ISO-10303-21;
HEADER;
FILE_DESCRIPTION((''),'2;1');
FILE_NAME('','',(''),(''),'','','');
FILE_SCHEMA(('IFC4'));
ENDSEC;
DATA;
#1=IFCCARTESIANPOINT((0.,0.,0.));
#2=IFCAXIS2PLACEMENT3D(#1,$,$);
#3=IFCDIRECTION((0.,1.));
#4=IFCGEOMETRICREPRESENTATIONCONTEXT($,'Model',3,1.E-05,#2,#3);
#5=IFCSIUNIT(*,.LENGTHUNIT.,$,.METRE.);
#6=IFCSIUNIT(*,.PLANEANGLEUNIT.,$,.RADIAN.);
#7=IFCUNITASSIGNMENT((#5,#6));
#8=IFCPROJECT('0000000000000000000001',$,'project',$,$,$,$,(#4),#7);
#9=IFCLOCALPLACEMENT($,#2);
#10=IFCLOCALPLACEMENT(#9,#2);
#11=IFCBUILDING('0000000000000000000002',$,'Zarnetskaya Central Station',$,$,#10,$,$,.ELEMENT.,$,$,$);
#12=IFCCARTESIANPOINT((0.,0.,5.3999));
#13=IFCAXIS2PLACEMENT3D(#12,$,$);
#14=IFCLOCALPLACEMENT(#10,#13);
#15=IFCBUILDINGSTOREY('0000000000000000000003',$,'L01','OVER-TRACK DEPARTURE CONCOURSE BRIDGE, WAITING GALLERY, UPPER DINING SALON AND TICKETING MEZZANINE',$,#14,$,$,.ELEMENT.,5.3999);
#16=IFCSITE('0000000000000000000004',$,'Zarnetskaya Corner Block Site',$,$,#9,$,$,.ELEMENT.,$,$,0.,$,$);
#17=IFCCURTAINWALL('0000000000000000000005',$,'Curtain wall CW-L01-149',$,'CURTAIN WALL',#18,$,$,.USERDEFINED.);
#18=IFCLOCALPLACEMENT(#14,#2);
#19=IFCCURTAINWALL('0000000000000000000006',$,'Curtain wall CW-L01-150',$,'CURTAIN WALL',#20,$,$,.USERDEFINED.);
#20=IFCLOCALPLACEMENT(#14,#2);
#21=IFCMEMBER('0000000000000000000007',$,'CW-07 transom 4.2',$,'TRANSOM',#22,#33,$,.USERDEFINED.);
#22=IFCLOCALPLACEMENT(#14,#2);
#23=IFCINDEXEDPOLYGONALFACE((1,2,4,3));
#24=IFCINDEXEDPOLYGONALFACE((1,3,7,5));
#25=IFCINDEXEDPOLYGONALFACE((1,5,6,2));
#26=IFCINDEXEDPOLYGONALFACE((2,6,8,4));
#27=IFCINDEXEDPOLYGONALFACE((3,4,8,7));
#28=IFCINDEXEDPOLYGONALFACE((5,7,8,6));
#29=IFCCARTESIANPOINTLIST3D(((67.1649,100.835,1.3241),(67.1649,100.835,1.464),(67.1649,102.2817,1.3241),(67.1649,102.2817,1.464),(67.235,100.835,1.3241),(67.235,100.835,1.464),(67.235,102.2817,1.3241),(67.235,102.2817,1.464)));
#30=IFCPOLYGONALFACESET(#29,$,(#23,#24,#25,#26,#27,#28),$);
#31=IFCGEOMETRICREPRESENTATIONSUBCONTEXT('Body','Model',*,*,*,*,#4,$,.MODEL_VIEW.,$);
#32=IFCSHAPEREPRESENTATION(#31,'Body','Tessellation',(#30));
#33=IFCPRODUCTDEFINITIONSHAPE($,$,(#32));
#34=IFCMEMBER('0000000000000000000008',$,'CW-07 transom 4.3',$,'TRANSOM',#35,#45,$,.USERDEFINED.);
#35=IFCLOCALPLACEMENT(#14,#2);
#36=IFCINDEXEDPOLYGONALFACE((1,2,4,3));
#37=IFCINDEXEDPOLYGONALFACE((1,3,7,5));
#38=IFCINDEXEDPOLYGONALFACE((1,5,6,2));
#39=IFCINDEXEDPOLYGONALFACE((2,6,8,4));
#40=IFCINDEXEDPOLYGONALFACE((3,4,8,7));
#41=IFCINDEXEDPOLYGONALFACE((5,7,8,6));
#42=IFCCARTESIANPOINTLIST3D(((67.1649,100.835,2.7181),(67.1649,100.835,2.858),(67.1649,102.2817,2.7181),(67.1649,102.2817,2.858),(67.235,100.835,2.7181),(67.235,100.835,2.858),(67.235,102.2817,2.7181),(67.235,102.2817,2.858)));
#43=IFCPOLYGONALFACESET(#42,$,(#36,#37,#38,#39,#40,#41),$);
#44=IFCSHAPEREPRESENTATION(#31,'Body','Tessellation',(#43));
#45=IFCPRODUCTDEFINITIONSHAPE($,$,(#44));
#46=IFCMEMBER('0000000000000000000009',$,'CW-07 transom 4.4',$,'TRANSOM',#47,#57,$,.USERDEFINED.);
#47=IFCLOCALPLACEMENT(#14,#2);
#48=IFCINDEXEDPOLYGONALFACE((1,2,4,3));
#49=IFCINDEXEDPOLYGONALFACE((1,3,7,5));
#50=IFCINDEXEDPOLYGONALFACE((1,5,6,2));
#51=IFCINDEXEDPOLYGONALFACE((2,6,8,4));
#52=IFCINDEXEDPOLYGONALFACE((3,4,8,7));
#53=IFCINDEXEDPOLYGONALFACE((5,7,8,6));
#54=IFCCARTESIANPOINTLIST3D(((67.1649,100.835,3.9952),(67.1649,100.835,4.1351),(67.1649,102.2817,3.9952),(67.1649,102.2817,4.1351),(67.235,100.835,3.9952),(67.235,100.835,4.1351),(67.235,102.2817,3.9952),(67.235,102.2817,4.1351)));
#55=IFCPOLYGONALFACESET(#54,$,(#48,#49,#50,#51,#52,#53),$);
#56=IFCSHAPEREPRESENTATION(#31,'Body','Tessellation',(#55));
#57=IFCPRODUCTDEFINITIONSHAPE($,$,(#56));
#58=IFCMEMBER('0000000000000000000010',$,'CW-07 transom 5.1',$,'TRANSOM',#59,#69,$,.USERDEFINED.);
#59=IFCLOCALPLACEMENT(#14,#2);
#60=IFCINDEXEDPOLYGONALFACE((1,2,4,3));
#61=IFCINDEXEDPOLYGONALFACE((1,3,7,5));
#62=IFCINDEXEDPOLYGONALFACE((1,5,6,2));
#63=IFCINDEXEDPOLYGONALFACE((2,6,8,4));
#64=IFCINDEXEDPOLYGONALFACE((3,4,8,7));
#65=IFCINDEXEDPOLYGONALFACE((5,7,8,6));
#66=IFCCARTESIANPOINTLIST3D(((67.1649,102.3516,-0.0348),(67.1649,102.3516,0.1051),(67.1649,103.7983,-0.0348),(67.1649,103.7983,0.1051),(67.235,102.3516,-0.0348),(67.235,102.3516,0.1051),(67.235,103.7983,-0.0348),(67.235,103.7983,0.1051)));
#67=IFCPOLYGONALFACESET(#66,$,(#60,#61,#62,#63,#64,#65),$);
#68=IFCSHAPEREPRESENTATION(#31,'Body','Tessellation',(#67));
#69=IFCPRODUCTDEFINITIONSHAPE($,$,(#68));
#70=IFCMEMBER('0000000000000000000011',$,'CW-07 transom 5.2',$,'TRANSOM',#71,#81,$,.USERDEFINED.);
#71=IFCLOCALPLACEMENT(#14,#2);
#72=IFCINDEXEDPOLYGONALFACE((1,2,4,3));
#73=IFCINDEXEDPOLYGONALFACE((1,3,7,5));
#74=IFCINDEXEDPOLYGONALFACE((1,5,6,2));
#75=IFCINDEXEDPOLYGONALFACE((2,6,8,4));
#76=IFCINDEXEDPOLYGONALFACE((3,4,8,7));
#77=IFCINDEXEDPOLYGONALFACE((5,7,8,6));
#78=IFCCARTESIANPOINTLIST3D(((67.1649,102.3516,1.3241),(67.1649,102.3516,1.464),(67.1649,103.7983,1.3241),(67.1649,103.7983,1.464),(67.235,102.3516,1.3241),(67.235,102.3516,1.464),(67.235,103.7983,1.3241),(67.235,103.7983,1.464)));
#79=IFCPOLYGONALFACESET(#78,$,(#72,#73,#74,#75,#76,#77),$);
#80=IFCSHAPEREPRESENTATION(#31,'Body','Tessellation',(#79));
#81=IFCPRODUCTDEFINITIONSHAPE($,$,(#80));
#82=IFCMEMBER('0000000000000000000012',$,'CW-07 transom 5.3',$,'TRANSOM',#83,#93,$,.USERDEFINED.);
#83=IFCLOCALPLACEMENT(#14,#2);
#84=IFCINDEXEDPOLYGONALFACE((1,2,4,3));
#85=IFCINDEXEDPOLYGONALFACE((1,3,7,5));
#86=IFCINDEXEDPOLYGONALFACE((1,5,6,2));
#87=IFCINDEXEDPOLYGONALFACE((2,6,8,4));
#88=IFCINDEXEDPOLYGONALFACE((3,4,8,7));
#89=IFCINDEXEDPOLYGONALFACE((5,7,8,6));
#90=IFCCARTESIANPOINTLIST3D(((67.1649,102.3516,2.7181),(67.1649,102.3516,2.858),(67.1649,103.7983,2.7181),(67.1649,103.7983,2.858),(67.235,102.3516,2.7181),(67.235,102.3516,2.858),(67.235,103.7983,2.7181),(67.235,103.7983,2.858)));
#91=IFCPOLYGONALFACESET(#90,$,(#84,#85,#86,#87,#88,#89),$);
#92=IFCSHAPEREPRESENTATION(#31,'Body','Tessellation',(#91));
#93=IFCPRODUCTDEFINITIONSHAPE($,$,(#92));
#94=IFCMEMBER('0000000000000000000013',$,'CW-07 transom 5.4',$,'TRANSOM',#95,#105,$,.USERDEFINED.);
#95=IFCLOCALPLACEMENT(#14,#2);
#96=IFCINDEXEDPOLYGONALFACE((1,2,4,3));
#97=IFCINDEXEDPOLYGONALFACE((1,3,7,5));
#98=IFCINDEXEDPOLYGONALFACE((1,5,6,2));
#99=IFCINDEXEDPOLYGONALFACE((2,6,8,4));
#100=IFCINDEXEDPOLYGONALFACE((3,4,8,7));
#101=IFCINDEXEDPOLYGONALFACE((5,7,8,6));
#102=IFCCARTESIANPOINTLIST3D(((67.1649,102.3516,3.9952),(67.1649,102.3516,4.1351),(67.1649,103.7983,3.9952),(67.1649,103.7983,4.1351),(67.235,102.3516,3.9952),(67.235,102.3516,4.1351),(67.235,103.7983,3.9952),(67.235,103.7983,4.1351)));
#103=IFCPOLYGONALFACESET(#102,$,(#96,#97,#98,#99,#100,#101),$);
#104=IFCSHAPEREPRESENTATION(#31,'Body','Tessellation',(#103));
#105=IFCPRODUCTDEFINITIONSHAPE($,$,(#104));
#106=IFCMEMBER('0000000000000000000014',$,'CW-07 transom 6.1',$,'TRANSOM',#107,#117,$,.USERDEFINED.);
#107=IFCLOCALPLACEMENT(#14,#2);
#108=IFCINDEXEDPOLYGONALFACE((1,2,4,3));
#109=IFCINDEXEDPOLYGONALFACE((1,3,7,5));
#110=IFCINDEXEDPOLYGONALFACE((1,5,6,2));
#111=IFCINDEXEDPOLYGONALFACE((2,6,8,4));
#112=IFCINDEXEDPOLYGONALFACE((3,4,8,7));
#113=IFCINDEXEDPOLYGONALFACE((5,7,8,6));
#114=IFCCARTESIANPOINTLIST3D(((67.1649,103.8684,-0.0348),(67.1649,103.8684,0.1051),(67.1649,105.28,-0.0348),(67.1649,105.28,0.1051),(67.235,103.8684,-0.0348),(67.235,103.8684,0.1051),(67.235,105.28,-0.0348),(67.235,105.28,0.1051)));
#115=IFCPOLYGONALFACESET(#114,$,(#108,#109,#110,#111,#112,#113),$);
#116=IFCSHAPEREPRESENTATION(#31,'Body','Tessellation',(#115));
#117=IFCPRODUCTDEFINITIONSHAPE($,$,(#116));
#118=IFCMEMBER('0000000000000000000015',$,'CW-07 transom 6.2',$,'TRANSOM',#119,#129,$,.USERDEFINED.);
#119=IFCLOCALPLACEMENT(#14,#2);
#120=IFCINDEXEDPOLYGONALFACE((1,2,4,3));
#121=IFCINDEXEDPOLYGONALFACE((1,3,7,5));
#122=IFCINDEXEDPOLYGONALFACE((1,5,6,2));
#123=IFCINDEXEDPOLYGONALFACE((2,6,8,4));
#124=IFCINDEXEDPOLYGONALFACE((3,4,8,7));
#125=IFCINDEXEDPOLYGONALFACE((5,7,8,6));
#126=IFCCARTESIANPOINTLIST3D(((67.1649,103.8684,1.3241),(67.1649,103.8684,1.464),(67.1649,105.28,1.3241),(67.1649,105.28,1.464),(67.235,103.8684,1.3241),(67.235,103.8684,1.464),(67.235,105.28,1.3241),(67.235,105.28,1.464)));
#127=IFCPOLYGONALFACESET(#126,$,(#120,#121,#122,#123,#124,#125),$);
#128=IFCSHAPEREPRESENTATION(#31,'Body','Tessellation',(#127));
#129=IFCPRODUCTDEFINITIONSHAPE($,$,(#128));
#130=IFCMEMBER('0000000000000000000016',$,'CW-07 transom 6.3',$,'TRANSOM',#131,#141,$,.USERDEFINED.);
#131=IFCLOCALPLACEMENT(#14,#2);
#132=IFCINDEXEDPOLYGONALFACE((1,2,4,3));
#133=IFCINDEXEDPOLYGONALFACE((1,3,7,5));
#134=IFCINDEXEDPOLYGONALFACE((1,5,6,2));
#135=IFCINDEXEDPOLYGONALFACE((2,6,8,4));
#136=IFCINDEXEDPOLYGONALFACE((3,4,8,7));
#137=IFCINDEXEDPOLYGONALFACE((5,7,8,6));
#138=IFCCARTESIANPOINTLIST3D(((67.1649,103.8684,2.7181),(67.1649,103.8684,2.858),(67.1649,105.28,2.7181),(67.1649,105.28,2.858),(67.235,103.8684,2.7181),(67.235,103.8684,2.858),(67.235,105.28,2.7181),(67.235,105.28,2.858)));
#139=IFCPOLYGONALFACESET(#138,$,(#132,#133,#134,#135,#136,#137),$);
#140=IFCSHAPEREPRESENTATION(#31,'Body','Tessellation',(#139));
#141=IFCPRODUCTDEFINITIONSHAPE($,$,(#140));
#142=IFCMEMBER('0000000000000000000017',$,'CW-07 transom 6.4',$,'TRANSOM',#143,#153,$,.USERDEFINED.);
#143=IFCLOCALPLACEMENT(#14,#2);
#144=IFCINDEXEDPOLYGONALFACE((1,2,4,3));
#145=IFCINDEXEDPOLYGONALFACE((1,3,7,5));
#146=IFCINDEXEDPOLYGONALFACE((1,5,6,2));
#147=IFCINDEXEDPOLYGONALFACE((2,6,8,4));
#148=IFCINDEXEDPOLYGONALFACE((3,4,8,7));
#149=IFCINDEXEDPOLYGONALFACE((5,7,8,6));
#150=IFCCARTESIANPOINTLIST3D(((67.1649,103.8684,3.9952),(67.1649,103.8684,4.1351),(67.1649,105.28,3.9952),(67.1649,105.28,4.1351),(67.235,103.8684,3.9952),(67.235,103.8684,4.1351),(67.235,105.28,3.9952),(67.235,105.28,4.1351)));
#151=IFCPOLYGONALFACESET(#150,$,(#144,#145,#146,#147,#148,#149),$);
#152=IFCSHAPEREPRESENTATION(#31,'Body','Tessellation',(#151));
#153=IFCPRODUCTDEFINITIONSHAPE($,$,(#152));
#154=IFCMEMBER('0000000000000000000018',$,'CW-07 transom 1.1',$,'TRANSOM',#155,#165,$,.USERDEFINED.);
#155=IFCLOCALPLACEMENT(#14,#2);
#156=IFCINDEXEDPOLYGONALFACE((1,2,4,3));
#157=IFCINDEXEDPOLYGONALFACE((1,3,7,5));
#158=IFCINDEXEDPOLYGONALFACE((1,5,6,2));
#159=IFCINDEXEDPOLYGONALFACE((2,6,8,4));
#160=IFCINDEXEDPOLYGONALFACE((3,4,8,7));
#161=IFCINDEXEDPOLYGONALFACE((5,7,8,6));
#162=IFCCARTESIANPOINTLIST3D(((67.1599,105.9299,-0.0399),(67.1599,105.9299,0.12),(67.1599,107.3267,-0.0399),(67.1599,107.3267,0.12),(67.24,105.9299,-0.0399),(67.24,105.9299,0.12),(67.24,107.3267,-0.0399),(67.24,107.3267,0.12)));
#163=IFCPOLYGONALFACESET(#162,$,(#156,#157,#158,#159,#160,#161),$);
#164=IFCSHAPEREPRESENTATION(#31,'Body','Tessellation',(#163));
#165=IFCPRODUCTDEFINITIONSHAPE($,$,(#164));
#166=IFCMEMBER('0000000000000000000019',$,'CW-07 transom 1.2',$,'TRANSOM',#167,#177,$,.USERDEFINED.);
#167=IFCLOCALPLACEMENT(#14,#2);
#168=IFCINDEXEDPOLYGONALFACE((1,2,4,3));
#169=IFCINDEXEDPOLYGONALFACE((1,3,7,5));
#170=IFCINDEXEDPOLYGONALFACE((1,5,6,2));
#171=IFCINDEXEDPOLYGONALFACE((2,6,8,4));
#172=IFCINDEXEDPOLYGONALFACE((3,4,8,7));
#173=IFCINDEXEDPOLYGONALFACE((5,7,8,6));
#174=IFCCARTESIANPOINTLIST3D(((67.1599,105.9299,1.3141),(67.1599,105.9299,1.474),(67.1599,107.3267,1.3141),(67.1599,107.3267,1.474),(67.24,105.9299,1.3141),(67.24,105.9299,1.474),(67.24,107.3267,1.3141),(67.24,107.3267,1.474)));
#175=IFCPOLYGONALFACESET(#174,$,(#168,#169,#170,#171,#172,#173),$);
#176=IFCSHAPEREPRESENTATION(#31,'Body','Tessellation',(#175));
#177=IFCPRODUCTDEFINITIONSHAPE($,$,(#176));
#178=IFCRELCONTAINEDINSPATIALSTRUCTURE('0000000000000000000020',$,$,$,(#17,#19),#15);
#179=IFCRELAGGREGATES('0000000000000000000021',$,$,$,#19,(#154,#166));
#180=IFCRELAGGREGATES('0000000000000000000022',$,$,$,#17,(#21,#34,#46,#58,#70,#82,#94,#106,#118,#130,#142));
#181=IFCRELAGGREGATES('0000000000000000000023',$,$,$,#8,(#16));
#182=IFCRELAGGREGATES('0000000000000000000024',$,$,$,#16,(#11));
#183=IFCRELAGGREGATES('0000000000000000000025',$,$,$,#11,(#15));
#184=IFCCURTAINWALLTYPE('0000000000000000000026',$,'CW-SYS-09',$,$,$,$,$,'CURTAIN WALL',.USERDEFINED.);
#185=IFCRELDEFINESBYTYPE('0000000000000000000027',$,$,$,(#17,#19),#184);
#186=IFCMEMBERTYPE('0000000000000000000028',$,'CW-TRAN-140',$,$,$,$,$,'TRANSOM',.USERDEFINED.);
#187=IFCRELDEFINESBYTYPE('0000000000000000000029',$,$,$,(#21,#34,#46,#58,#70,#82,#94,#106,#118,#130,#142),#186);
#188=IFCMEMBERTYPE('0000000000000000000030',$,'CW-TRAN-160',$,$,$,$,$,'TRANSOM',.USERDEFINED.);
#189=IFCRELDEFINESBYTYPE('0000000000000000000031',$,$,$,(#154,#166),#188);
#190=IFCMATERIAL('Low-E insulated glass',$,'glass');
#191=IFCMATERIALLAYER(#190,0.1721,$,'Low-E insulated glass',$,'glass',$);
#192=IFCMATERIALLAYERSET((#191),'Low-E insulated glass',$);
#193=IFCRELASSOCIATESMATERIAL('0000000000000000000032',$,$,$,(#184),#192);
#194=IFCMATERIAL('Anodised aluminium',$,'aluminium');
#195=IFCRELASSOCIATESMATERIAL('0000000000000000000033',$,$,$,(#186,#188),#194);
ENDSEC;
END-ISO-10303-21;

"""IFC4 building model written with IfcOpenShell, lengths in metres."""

from ifc_helpers import new_model, si_unit, direction, frame, origin, origin_2d, place, context, subcontext, project, spatial, rectangle, extrude, material, layer, layer_set, material_profile, profile_set, type_object, element, aggregate, save


model = new_model("IFC4")

# Units and contexts
model_context = context("Model", 3, precision=1e-05, world=origin(), true_north=direction((0.0, 1.0)))
body_context = subcontext(model_context, "Body", "Model", "MODEL_VIEW")
ifc_project = project(units=[si_unit("LENGTHUNIT", "METRE"), si_unit("PLANEANGLEUNIT", "RADIAN")], contexts=[model_context])

# Site, building, storey
site_placement = place(None, origin())
site = spatial("IfcSite", under=ifc_project, at=site_placement, Name="Zarnetskaya Corner Block Site", CompositionType="ELEMENT", RefElevation=0.0)
building_placement = place(site_placement, origin())
building = spatial("IfcBuilding", under=site, at=building_placement, Name="Zarnetskaya Central Station", CompositionType="ELEMENT")
storey_placement = place(building_placement, frame((0.0, 0.0, 5.3999)))
storey = spatial("IfcBuildingStorey", under=building, at=storey_placement, Name="L01", Description="OVER-TRACK DEPARTURE CONCOURSE BRIDGE, WAITING GALLERY, UPPER DINING SALON AND TICKETING MEZZANINE", CompositionType="ELEMENT", Elevation=5.3999)

# Curtain wall
ifc_material_1 = material(Name="Low-E insulated glass", Category="glass")
ifc_layer_1 = layer(ifc_material_1, 0.1721, Name="Low-E insulated glass", Category="glass")
ifc_layer_set_1 = layer_set([ifc_layer_1], Name="Low-E insulated glass")
curtain_wall_type = type_object("IfcCurtainWallType", Name="CW-SYS-09", ElementType="CURTAIN WALL", PredefinedType="USERDEFINED", material=ifc_layer_set_1)
curtain_wall_1_placement = place(storey_placement, origin())
curtain_wall_1 = element("IfcCurtainWall", 1, at=curtain_wall_1_placement, inside=storey, type_object=curtain_wall_type, Name="Curtain wall CW-L01-149", ObjectType="CURTAIN WALL", PredefinedType="USERDEFINED")
ifc_material_2 = material(Name="Anodised aluminium", Category="aluminium")

# Curtain wall
curtain_wall_2_placement = place(storey_placement, origin())
curtain_wall_2 = element("IfcCurtainWall", 2, at=curtain_wall_2_placement, inside=storey, type_object=curtain_wall_type, Name="Curtain wall CW-L01-150", ObjectType="CURTAIN WALL", PredefinedType="USERDEFINED")

# Members
ifc_material_profile_1 = material_profile(ifc_material_2, rectangle(XDim=0.0701, YDim=0.1399, at=origin_2d()), Name="ALU TRAN 70x140")
ifc_profile_set_1 = profile_set([ifc_material_profile_1], Name="Anodised aluminium")
member_type_1 = type_object("IfcMemberType", Name="CW-TRAN-140", ElementType="TRANSOM", PredefinedType="USERDEFINED", material=ifc_profile_set_1)
member_1_placement = place(storey_placement, frame((67.2, 100.835, 1.394), z_axis=(0.0, 1.0, 0.0), x_axis=(-1.0, 0.0, 0.0)))
member_1 = element("IfcMember", 3, at=member_1_placement, type_object=member_type_1, Name="CW-07 transom 4.2", ObjectType="TRANSOM", PredefinedType="USERDEFINED", context=body_context, shape_type="SweptSolid", body=[
    extrude(rectangle(XDim=0.0701, YDim=0.1399, at=origin_2d()), origin(), (0.0, 0.0, 1.0), 1.4468),
])
member_2_placement = place(storey_placement, frame((67.2, 100.835, 2.7881), z_axis=(0.0, 1.0, 0.0), x_axis=(-1.0, 0.0, 0.0)))
member_2 = element("IfcMember", 4, at=member_2_placement, type_object=member_type_1, Name="CW-07 transom 4.3", ObjectType="TRANSOM", PredefinedType="USERDEFINED", context=body_context, shape_type="SweptSolid", body=[
    extrude(rectangle(XDim=0.0701, YDim=0.1399, at=origin_2d()), origin(), (0.0, 0.0, 1.0), 1.4468),
])
member_3_placement = place(storey_placement, frame((67.2, 100.835, 4.0652), z_axis=(0.0, 1.0, 0.0), x_axis=(-1.0, 0.0, 0.0)))
member_3 = element("IfcMember", 5, at=member_3_placement, type_object=member_type_1, Name="CW-07 transom 4.4", ObjectType="TRANSOM", PredefinedType="USERDEFINED", context=body_context, shape_type="SweptSolid", body=[
    extrude(rectangle(XDim=0.0701, YDim=0.1399, at=origin_2d()), origin(), (0.0, 0.0, 1.0), 1.4468),
])
member_4_placement = place(storey_placement, frame((67.2, 102.3516, 0.0352), z_axis=(0.0, 1.0, 0.0), x_axis=(-1.0, 0.0, 0.0)))
member_4 = element("IfcMember", 6, at=member_4_placement, type_object=member_type_1, Name="CW-07 transom 5.1", ObjectType="TRANSOM", PredefinedType="USERDEFINED", context=body_context, shape_type="SweptSolid", body=[
    extrude(rectangle(XDim=0.0701, YDim=0.1399, at=origin_2d()), origin(), (0.0, 0.0, 1.0), 1.4468),
])
member_5_placement = place(storey_placement, frame((67.2, 102.3516, 1.394), z_axis=(0.0, 1.0, 0.0), x_axis=(-1.0, 0.0, 0.0)))
member_5 = element("IfcMember", 7, at=member_5_placement, type_object=member_type_1, Name="CW-07 transom 5.2", ObjectType="TRANSOM", PredefinedType="USERDEFINED", context=body_context, shape_type="SweptSolid", body=[
    extrude(rectangle(XDim=0.0701, YDim=0.1399, at=origin_2d()), origin(), (0.0, 0.0, 1.0), 1.4468),
])
member_6_placement = place(storey_placement, frame((67.2, 102.3516, 2.7881), z_axis=(0.0, 1.0, 0.0), x_axis=(-1.0, 0.0, 0.0)))
member_6 = element("IfcMember", 8, at=member_6_placement, type_object=member_type_1, Name="CW-07 transom 5.3", ObjectType="TRANSOM", PredefinedType="USERDEFINED", context=body_context, shape_type="SweptSolid", body=[
    extrude(rectangle(XDim=0.0701, YDim=0.1399, at=origin_2d()), origin(), (0.0, 0.0, 1.0), 1.4468),
])
member_7_placement = place(storey_placement, frame((67.2, 102.3516, 4.0652), z_axis=(0.0, 1.0, 0.0), x_axis=(-1.0, 0.0, 0.0)))
member_7 = element("IfcMember", 9, at=member_7_placement, type_object=member_type_1, Name="CW-07 transom 5.4", ObjectType="TRANSOM", PredefinedType="USERDEFINED", context=body_context, shape_type="SweptSolid", body=[
    extrude(rectangle(XDim=0.0701, YDim=0.1399, at=origin_2d()), origin(), (0.0, 0.0, 1.0), 1.4468),
])
member_8_placement = place(storey_placement, frame((67.2, 103.8684, 0.0352), z_axis=(0.0, 1.0, 0.0), x_axis=(-1.0, 0.0, 0.0)))
member_8 = element("IfcMember", 10, at=member_8_placement, type_object=member_type_1, Name="CW-07 transom 6.1", ObjectType="TRANSOM", PredefinedType="USERDEFINED", context=body_context, shape_type="SweptSolid", body=[
    extrude(rectangle(XDim=0.0701, YDim=0.1399, at=origin_2d()), origin(), (0.0, 0.0, 1.0), 1.4116),
])
member_9_placement = place(storey_placement, frame((67.2, 103.8684, 1.394), z_axis=(0.0, 1.0, 0.0), x_axis=(-1.0, 0.0, 0.0)))
member_9 = element("IfcMember", 11, at=member_9_placement, type_object=member_type_1, Name="CW-07 transom 6.2", ObjectType="TRANSOM", PredefinedType="USERDEFINED", context=body_context, shape_type="SweptSolid", body=[
    extrude(rectangle(XDim=0.0701, YDim=0.1399, at=origin_2d()), origin(), (0.0, 0.0, 1.0), 1.4116),
])
member_10_placement = place(storey_placement, frame((67.2, 103.8684, 2.7881), z_axis=(0.0, 1.0, 0.0), x_axis=(-1.0, 0.0, 0.0)))
member_10 = element("IfcMember", 12, at=member_10_placement, type_object=member_type_1, Name="CW-07 transom 6.3", ObjectType="TRANSOM", PredefinedType="USERDEFINED", context=body_context, shape_type="SweptSolid", body=[
    extrude(rectangle(XDim=0.0701, YDim=0.1399, at=origin_2d()), origin(), (0.0, 0.0, 1.0), 1.4116),
])
member_11_placement = place(storey_placement, frame((67.2, 103.8684, 4.0652), z_axis=(0.0, 1.0, 0.0), x_axis=(-1.0, 0.0, 0.0)))
member_11 = element("IfcMember", 13, at=member_11_placement, type_object=member_type_1, Name="CW-07 transom 6.4", ObjectType="TRANSOM", PredefinedType="USERDEFINED", context=body_context, shape_type="SweptSolid", body=[
    extrude(rectangle(XDim=0.0701, YDim=0.1399, at=origin_2d()), origin(), (0.0, 0.0, 1.0), 1.4116),
])
ifc_material_profile_2 = material_profile(ifc_material_2, rectangle(XDim=0.0801, YDim=0.1599, at=origin_2d()), Name="ALU TRAN 80x160")
ifc_profile_set_2 = profile_set([ifc_material_profile_2], Name="Anodised aluminium")
member_type_2 = type_object("IfcMemberType", Name="CW-TRAN-160", ElementType="TRANSOM", PredefinedType="USERDEFINED", material=ifc_profile_set_2)
member_12_placement = place(storey_placement, frame((67.2, 105.9299, 0.04), z_axis=(0.0, 1.0, 0.0), x_axis=(-1.0, 0.0, 0.0)))
member_12 = element("IfcMember", 14, at=member_12_placement, type_object=member_type_2, Name="CW-07 transom 1.1", ObjectType="TRANSOM", PredefinedType="USERDEFINED", context=body_context, shape_type="SweptSolid", body=[
    extrude(rectangle(XDim=0.0801, YDim=0.1599, at=origin_2d()), origin(), (0.0, 0.0, 1.0), 1.3967),
])
member_13_placement = place(storey_placement, frame((67.2, 105.9299, 1.394), z_axis=(0.0, 1.0, 0.0), x_axis=(-1.0, 0.0, 0.0)))
member_13 = element("IfcMember", 15, at=member_13_placement, type_object=member_type_2, Name="CW-07 transom 1.2", ObjectType="TRANSOM", PredefinedType="USERDEFINED", context=body_context, shape_type="SweptSolid", body=[
    extrude(rectangle(XDim=0.0801, YDim=0.1599, at=origin_2d()), origin(), (0.0, 0.0, 1.0), 1.3967),
])
aggregate(curtain_wall_2, [member_12, member_13])

aggregate(curtain_wall_1, [member_1, member_2, member_3, member_4, member_5, member_6, member_7, member_8, member_9, member_10, member_11])

save(model, "model.ifc")
